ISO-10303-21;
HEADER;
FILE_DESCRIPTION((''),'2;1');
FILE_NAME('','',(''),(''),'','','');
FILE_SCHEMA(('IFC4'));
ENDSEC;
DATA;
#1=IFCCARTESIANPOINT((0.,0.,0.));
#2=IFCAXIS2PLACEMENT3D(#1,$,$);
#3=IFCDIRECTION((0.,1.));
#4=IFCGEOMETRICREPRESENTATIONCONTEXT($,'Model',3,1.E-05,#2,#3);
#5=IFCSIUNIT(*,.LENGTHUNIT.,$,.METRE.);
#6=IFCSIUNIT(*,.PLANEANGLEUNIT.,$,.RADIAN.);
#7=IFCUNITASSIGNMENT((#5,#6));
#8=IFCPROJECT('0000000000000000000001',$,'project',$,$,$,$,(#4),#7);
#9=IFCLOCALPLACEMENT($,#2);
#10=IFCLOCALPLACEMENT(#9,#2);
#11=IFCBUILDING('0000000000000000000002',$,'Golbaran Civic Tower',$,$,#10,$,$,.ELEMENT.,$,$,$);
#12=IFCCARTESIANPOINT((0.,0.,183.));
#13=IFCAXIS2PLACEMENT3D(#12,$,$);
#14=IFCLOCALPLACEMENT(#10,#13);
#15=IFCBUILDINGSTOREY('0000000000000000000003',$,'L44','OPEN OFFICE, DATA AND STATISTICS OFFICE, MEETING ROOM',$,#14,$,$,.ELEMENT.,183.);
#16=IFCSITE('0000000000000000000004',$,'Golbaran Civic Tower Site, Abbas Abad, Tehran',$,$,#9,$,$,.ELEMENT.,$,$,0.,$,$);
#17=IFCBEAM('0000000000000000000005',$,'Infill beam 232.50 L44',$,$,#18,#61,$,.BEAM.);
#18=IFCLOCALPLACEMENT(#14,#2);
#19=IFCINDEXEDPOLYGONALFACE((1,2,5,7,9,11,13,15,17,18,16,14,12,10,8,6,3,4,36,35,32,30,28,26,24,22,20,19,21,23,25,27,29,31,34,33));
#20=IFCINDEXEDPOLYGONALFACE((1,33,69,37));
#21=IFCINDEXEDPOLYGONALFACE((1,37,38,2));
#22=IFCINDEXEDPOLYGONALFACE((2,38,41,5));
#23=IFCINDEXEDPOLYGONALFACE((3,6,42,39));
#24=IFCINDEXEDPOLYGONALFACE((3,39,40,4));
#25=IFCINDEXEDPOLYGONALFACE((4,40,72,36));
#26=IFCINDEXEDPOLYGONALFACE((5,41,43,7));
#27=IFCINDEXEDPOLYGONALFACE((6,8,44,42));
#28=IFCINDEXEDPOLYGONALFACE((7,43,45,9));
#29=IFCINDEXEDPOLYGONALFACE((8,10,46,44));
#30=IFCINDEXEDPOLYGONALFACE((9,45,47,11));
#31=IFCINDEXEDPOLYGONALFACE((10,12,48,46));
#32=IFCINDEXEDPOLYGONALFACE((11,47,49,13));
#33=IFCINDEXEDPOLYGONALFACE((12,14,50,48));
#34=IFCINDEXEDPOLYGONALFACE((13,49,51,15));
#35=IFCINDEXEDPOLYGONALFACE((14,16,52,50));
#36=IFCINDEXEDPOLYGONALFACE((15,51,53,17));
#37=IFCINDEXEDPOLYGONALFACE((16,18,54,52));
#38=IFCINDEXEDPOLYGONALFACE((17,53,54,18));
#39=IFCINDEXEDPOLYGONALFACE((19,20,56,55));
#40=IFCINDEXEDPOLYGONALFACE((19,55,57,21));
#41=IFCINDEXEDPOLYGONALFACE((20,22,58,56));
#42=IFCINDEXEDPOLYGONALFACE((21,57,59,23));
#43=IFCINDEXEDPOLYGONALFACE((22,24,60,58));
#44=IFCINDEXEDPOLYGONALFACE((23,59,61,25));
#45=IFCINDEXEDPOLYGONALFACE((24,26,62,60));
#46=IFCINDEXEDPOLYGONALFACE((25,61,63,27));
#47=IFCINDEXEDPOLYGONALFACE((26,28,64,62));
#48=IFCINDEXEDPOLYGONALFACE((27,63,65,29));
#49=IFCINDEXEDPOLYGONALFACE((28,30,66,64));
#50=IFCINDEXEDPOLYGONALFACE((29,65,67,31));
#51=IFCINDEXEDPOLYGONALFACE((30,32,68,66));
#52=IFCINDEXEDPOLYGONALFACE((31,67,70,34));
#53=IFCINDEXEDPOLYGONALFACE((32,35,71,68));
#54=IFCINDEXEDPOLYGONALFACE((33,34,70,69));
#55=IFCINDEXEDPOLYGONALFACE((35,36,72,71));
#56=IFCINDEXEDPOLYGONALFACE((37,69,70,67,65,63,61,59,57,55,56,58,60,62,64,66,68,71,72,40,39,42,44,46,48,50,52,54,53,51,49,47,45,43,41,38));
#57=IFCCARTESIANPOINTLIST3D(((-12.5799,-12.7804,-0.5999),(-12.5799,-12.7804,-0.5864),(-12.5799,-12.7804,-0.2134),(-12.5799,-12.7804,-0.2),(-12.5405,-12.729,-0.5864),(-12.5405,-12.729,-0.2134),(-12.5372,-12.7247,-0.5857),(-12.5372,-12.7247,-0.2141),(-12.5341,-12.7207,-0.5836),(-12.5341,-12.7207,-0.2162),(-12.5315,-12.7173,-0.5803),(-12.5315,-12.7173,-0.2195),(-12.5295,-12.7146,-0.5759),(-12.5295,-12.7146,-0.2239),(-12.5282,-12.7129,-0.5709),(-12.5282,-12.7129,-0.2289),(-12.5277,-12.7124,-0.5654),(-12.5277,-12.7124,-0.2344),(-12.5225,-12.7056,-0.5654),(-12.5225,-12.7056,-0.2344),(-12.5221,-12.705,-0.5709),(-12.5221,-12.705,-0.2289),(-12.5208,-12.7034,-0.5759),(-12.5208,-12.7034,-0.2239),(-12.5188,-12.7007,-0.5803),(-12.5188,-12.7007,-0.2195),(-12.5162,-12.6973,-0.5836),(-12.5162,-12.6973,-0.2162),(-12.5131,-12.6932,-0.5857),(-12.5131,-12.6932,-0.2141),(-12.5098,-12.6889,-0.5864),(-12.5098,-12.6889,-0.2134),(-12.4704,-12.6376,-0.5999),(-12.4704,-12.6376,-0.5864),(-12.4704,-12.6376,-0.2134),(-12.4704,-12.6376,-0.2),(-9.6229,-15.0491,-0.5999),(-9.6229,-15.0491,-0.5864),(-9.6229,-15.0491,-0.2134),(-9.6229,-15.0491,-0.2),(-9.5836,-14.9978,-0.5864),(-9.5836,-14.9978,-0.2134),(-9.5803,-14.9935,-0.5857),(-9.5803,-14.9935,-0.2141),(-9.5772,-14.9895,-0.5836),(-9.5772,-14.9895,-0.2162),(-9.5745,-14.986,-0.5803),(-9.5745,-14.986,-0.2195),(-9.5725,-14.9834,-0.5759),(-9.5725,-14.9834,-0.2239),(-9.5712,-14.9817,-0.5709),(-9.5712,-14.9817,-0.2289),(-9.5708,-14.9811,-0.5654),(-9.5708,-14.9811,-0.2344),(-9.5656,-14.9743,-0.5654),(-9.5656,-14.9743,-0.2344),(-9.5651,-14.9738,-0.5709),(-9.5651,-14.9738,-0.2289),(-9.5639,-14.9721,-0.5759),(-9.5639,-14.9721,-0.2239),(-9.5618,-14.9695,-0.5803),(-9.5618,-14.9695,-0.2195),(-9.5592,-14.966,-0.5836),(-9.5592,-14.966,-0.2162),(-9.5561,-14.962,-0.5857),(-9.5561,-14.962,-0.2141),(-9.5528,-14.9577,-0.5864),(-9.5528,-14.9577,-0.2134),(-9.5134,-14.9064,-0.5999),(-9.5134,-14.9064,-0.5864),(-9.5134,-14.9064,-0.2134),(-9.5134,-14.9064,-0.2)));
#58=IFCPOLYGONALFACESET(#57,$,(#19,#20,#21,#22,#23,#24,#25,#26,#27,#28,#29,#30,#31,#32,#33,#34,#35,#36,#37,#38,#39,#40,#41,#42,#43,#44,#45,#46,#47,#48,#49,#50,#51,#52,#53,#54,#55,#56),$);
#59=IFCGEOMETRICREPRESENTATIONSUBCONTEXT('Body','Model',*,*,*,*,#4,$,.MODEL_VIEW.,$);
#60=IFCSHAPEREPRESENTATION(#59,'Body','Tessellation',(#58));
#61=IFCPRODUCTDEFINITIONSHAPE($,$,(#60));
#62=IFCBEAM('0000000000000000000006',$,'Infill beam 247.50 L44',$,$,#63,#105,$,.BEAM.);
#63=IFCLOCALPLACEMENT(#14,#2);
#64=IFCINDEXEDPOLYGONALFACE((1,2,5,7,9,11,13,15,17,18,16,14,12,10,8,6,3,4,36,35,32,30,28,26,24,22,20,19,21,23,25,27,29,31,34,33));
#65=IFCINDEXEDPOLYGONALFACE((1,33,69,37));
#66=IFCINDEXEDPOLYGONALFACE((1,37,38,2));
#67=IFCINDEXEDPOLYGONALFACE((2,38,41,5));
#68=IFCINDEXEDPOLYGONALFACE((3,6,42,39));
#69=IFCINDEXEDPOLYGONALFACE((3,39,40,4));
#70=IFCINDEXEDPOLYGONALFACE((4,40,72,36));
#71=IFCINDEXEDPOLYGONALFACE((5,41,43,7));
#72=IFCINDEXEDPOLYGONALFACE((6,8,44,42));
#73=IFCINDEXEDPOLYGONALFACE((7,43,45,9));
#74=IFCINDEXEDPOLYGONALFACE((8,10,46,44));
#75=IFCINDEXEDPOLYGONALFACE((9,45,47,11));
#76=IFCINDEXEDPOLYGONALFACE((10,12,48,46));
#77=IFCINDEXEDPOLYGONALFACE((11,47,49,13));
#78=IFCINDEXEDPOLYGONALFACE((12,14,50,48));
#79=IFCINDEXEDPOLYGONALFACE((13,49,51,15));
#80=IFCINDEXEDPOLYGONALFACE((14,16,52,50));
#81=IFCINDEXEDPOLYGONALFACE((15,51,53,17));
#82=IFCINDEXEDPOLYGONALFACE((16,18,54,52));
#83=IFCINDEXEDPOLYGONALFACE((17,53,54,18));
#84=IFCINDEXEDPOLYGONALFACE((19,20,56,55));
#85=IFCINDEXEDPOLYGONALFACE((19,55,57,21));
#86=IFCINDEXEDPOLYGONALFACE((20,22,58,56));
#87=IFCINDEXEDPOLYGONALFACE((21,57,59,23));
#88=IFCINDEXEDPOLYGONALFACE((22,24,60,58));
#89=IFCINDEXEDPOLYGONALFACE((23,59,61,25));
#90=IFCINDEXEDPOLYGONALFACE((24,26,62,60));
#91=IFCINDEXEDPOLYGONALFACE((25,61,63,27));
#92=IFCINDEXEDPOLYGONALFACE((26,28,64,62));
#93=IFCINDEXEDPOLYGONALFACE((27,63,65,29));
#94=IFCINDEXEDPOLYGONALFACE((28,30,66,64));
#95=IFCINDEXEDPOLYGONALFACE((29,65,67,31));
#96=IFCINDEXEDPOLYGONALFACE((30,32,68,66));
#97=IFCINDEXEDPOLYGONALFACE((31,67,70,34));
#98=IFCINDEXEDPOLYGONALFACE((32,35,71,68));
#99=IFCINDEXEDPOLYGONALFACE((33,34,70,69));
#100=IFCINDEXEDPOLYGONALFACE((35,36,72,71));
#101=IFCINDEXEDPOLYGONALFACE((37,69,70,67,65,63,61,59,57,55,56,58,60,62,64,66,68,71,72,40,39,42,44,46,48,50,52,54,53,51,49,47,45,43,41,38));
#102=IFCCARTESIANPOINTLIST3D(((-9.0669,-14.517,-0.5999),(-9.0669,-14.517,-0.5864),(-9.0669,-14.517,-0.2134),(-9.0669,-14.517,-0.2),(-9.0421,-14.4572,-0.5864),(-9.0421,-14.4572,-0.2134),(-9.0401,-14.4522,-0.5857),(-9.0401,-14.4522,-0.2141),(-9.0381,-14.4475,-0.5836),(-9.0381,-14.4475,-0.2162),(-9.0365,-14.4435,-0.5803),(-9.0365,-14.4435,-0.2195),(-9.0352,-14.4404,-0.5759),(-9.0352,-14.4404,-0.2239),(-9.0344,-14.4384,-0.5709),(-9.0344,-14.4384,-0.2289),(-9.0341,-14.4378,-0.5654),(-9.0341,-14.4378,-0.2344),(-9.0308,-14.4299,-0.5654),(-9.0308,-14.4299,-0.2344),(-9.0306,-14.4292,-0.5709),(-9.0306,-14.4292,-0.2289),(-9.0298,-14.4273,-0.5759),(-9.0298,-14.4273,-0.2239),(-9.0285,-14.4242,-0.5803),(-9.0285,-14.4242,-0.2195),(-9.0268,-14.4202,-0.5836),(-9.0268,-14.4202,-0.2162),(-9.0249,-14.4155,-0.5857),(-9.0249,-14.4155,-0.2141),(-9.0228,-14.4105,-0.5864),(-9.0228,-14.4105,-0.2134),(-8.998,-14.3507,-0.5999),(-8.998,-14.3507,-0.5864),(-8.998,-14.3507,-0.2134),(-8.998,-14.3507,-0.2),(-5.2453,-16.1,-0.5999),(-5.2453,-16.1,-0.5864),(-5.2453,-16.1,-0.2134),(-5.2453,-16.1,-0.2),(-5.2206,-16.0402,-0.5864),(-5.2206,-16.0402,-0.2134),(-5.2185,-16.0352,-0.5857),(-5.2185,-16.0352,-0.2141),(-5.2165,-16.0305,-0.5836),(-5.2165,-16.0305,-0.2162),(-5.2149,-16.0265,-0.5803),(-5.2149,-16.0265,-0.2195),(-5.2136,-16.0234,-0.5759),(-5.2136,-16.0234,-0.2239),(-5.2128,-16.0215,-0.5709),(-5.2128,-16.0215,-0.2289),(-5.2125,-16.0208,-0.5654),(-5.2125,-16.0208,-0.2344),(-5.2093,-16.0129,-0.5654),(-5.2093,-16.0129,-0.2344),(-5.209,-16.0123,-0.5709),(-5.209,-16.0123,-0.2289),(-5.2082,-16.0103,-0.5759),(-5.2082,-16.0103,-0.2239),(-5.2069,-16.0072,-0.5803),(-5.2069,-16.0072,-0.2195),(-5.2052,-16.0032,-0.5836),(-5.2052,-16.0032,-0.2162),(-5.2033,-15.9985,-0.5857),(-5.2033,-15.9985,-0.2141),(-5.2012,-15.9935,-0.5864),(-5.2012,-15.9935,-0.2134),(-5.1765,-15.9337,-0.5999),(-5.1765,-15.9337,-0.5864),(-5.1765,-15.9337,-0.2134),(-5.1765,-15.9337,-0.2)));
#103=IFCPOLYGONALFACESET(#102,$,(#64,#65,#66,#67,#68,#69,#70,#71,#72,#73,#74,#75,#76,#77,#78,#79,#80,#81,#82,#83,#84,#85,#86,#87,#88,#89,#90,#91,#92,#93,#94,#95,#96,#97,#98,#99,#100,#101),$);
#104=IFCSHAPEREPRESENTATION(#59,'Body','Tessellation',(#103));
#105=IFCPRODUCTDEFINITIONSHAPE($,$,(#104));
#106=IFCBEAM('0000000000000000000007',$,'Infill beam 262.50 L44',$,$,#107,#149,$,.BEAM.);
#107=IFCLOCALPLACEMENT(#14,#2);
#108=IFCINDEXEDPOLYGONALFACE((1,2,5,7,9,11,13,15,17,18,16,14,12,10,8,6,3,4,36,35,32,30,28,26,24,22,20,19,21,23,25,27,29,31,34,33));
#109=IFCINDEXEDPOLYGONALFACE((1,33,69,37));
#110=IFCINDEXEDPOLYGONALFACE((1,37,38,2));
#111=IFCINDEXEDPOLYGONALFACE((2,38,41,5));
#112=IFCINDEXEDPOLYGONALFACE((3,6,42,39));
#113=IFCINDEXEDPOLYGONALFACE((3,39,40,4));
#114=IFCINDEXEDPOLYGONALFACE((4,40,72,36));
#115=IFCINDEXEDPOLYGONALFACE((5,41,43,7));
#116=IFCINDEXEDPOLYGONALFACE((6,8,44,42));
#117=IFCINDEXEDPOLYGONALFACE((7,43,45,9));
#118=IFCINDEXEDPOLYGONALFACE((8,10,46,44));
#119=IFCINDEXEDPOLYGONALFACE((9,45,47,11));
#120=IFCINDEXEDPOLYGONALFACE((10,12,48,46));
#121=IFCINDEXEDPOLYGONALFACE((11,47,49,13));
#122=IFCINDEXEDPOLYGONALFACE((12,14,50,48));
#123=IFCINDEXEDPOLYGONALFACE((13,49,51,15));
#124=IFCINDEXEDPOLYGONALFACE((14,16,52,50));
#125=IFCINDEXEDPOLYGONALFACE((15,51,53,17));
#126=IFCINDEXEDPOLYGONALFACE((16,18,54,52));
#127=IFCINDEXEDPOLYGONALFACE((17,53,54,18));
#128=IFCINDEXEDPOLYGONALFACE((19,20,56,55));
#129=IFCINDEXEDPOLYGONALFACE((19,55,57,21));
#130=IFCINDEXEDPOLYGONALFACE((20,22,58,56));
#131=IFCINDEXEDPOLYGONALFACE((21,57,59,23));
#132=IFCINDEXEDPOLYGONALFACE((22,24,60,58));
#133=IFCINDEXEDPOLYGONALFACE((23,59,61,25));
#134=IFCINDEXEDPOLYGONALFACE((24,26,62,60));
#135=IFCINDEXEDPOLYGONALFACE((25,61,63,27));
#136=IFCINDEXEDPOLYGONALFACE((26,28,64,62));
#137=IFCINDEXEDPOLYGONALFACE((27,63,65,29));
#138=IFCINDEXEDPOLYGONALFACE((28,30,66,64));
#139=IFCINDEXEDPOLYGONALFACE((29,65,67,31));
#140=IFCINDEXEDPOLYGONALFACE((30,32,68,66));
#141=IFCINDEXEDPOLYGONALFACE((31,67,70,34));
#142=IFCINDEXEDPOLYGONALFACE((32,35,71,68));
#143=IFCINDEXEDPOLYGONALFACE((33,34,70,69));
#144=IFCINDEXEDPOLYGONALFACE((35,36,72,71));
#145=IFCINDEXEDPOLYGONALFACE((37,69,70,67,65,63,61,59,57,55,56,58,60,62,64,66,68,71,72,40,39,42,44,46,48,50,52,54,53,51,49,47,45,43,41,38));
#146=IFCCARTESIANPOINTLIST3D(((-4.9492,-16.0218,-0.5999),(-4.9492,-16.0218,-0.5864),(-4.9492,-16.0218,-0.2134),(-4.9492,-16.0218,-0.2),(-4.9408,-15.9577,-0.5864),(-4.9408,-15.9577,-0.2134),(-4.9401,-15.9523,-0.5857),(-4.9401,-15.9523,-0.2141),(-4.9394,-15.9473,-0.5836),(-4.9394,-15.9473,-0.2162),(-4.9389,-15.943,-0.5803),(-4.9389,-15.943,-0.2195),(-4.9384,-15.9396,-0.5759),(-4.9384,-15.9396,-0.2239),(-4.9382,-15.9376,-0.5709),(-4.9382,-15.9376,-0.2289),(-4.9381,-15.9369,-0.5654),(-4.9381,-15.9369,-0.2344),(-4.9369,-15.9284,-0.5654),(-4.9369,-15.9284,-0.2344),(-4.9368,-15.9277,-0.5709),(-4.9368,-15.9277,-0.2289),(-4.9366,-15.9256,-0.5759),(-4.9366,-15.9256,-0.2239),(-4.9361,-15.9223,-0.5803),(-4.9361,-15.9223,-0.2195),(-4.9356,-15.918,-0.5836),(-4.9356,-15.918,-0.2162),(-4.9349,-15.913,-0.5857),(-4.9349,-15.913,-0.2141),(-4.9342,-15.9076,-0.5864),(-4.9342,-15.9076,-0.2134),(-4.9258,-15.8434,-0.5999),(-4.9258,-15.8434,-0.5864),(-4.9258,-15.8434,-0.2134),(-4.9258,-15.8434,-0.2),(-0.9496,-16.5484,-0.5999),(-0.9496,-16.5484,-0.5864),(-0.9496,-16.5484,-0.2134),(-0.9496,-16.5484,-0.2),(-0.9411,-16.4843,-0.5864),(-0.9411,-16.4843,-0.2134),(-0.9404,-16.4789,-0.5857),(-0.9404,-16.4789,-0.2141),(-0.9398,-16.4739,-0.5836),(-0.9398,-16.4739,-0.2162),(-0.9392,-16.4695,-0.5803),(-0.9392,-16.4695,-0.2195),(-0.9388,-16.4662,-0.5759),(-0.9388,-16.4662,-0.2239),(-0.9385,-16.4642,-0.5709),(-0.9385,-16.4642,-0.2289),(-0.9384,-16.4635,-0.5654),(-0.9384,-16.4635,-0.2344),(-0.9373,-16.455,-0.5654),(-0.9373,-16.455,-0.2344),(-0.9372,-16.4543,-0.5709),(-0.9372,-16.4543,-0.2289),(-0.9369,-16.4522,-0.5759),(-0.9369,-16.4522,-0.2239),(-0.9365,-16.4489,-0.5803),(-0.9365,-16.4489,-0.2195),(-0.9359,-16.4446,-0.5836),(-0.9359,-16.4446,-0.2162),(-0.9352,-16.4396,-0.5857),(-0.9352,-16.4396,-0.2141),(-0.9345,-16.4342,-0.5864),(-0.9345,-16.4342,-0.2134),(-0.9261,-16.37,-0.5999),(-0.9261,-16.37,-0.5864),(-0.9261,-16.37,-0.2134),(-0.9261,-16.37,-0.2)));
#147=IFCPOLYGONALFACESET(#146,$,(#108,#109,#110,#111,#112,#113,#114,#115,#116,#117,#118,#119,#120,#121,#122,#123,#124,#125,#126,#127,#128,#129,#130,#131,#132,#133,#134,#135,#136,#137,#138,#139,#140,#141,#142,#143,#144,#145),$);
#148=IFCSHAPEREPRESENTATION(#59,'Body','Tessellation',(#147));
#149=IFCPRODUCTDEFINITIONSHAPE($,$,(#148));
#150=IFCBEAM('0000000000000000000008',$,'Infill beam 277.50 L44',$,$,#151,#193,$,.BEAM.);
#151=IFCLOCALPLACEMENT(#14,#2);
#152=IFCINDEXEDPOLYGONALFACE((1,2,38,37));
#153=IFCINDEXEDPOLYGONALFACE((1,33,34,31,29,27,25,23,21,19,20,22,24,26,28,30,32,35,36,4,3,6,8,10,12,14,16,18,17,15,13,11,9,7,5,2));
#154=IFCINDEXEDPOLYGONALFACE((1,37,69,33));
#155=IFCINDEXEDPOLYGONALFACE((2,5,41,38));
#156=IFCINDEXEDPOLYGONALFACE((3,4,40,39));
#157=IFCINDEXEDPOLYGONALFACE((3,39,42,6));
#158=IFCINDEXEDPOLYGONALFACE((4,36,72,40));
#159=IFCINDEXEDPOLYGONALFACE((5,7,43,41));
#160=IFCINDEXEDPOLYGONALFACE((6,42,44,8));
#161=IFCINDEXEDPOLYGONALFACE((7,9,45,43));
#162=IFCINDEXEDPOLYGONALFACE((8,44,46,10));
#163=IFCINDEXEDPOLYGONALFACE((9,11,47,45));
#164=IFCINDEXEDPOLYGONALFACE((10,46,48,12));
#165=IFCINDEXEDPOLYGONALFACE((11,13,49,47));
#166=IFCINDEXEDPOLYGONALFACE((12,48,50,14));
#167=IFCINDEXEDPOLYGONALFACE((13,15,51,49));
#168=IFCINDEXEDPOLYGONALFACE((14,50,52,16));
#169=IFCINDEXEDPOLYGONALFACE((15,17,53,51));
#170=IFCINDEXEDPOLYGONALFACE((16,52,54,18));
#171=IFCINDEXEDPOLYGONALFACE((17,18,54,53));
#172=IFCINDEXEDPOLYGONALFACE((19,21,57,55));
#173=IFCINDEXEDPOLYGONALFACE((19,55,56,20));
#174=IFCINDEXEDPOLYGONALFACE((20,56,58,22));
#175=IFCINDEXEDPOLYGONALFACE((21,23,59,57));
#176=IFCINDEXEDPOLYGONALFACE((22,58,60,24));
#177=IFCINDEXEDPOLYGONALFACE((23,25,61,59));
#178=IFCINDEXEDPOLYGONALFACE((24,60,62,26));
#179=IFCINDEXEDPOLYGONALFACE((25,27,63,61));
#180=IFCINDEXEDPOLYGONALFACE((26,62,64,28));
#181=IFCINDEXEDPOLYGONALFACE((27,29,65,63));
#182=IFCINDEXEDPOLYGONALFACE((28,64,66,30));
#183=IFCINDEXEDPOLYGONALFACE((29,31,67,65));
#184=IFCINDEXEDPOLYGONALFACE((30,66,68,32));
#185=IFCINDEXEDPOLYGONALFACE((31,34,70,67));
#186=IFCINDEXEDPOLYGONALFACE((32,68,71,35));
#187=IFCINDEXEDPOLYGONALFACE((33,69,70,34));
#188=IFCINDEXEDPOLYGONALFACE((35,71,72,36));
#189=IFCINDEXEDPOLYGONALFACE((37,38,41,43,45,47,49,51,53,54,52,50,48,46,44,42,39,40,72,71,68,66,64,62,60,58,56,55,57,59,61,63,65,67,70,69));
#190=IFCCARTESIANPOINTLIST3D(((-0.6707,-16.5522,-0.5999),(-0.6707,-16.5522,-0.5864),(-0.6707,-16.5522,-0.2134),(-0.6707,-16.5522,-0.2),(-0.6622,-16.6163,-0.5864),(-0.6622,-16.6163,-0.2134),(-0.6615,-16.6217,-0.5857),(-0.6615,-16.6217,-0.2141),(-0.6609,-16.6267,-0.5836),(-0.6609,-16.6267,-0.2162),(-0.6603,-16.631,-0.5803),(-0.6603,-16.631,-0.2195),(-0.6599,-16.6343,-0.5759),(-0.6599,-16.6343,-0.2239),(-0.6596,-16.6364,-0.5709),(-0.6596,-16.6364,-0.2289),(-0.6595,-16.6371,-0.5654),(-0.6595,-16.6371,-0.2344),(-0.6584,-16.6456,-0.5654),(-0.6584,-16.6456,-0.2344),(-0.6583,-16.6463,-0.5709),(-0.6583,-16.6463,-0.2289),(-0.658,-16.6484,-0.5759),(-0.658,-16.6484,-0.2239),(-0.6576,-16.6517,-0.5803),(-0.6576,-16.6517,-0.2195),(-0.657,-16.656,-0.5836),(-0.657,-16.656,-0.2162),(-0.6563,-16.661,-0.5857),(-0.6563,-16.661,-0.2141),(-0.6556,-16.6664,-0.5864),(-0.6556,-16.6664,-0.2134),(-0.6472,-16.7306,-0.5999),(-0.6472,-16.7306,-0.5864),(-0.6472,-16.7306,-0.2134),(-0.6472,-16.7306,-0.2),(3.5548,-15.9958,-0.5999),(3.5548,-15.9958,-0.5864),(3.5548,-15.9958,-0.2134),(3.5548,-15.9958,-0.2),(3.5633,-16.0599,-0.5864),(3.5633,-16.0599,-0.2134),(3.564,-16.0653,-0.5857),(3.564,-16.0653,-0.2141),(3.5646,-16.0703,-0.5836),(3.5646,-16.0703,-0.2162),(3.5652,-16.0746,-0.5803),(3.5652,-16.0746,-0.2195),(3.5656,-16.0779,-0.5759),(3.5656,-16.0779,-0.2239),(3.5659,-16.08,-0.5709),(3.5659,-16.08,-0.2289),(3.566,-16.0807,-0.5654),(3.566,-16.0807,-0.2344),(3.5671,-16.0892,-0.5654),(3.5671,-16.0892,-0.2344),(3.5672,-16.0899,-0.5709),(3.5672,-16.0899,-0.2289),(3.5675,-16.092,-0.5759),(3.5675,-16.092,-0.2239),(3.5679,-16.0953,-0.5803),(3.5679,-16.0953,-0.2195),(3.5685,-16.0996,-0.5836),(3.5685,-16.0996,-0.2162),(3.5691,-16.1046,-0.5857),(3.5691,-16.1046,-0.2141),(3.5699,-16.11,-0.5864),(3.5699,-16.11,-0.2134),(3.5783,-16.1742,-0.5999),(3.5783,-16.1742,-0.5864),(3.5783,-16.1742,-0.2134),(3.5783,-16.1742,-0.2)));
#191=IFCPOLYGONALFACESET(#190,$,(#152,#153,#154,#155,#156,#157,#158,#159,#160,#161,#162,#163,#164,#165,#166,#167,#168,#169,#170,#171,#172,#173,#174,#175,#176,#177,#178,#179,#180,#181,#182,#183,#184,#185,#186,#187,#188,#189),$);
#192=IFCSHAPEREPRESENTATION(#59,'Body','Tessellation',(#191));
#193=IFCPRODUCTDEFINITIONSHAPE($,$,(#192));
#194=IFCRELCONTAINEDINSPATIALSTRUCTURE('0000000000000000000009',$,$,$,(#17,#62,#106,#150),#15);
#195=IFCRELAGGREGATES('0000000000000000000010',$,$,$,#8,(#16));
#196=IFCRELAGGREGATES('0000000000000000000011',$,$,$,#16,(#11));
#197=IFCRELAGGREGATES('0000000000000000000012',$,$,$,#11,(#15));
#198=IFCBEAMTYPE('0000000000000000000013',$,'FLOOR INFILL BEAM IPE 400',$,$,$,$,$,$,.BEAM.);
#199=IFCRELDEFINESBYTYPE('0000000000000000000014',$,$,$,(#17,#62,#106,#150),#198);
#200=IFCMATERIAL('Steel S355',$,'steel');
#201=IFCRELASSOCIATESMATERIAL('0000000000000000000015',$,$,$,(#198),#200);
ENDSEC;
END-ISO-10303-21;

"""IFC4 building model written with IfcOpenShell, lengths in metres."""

from ifc_helpers import new_model, si_unit, direction, frame, origin, origin_2d, place, context, subcontext, project, spatial, i_section, extrude, material, material_profile, profile_set, type_object, element, save


model = new_model("IFC4")

# Units and contexts
model_context = context("Model", 3, precision=1e-05, world=origin(), true_north=direction((0.0, 1.0)))
body_context = subcontext(model_context, "Body", "Model", "MODEL_VIEW")
ifc_project = project(units=[si_unit("LENGTHUNIT", "METRE"), si_unit("PLANEANGLEUNIT", "RADIAN")], contexts=[model_context])

# Site, building, storey
site_placement = place(None, origin())
site = spatial("IfcSite", under=ifc_project, at=site_placement, Name="Golbaran Civic Tower Site, Abbas Abad, Tehran", CompositionType="ELEMENT", RefElevation=0.0)
building_placement = place(site_placement, origin())
building = spatial("IfcBuilding", under=site, at=building_placement, Name="Golbaran Civic Tower", CompositionType="ELEMENT")
storey_placement = place(building_placement, frame((0.0, 0.0, 183.0)))
storey = spatial("IfcBuildingStorey", under=building, at=storey_placement, Name="L44", Description="OPEN OFFICE, DATA AND STATISTICS OFFICE, MEETING ROOM", CompositionType="ELEMENT", Elevation=183.0)

# Beams
ifc_material_1 = material(Name="Steel S355", Category="steel")
ifc_material_profile_1 = material_profile(ifc_material_1, i_section(OverallWidth=0.1799, OverallDepth=0.3999, WebThickness=0.0085, FlangeThickness=0.0134, FilletRadius=0.021, at=origin_2d()), Name="IPE 400")
ifc_profile_set_1 = profile_set([ifc_material_profile_1], Name="Steel S355")
beam_type_1 = type_object("IfcBeamType", Name="FLOOR INFILL BEAM IPE 400", PredefinedType="BEAM", material=ifc_profile_set_1)
beam_1_placement = place(storey_placement, frame((-12.5251, -12.709, -0.3999), z_axis=(0.793381, -0.608726, 0.0), x_axis=(0.608726, 0.793381, 0.0)))
element("IfcBeam", 1, at=beam_1_placement, inside=storey, type_object=beam_type_1, Name="Infill beam 232.50 L44", PredefinedType="BEAM", context=body_context, shape_type="SweptSolid", body=[
    extrude(i_section(OverallWidth=0.1799, OverallDepth=0.3999, WebThickness=0.0085, FlangeThickness=0.0134, FilletRadius=0.021, at=origin_2d()), origin(), (0.0, 0.0, 1.0), 3.7271),
])
beam_2_placement = place(storey_placement, frame((-9.0325, -14.4338, -0.3999), z_axis=(0.923873, -0.382699, 0.0), x_axis=(0.382699, 0.923873, 0.0)))
element("IfcBeam", 2, at=beam_2_placement, inside=storey, type_object=beam_type_1, Name="Infill beam 247.50 L44", PredefinedType="BEAM", context=body_context, shape_type="SweptSolid", body=[
    extrude(i_section(OverallWidth=0.1799, OverallDepth=0.3999, WebThickness=0.0085, FlangeThickness=0.0134, FilletRadius=0.021, at=origin_2d()), origin(), (0.0, 0.0, 1.0), 4.1365),
])
beam_3_placement = place(storey_placement, frame((-4.9375, -15.9326, -0.3999), z_axis=(0.991444, -0.130534, 0.0), x_axis=(0.130534, 0.991444, 0.0)))
element("IfcBeam", 3, at=beam_3_placement, inside=storey, type_object=beam_type_1, Name="Infill beam 262.50 L44", PredefinedType="BEAM", context=body_context, shape_type="SweptSolid", body=[
    extrude(i_section(OverallWidth=0.1799, OverallDepth=0.3999, WebThickness=0.0085, FlangeThickness=0.0134, FilletRadius=0.021, at=origin_2d()), origin(), (0.0, 0.0, 1.0), 4.0342),
])
beam_4_placement = place(storey_placement, frame((-0.6589, -16.6414, -0.3999), z_axis=(0.991442, 0.130546, 0.0), x_axis=(-0.130546, 0.991442, 0.0)))
element("IfcBeam", 4, at=beam_4_placement, inside=storey, type_object=beam_type_1, Name="Infill beam 277.50 L44", PredefinedType="BEAM", context=body_context, shape_type="SweptSolid", body=[
    extrude(i_section(OverallWidth=0.1799, OverallDepth=0.3999, WebThickness=0.0085, FlangeThickness=0.0134, FilletRadius=0.021, at=origin_2d()), origin(), (0.0, 0.0, 1.0), 4.262),
])

save(model, "model.ifc")
